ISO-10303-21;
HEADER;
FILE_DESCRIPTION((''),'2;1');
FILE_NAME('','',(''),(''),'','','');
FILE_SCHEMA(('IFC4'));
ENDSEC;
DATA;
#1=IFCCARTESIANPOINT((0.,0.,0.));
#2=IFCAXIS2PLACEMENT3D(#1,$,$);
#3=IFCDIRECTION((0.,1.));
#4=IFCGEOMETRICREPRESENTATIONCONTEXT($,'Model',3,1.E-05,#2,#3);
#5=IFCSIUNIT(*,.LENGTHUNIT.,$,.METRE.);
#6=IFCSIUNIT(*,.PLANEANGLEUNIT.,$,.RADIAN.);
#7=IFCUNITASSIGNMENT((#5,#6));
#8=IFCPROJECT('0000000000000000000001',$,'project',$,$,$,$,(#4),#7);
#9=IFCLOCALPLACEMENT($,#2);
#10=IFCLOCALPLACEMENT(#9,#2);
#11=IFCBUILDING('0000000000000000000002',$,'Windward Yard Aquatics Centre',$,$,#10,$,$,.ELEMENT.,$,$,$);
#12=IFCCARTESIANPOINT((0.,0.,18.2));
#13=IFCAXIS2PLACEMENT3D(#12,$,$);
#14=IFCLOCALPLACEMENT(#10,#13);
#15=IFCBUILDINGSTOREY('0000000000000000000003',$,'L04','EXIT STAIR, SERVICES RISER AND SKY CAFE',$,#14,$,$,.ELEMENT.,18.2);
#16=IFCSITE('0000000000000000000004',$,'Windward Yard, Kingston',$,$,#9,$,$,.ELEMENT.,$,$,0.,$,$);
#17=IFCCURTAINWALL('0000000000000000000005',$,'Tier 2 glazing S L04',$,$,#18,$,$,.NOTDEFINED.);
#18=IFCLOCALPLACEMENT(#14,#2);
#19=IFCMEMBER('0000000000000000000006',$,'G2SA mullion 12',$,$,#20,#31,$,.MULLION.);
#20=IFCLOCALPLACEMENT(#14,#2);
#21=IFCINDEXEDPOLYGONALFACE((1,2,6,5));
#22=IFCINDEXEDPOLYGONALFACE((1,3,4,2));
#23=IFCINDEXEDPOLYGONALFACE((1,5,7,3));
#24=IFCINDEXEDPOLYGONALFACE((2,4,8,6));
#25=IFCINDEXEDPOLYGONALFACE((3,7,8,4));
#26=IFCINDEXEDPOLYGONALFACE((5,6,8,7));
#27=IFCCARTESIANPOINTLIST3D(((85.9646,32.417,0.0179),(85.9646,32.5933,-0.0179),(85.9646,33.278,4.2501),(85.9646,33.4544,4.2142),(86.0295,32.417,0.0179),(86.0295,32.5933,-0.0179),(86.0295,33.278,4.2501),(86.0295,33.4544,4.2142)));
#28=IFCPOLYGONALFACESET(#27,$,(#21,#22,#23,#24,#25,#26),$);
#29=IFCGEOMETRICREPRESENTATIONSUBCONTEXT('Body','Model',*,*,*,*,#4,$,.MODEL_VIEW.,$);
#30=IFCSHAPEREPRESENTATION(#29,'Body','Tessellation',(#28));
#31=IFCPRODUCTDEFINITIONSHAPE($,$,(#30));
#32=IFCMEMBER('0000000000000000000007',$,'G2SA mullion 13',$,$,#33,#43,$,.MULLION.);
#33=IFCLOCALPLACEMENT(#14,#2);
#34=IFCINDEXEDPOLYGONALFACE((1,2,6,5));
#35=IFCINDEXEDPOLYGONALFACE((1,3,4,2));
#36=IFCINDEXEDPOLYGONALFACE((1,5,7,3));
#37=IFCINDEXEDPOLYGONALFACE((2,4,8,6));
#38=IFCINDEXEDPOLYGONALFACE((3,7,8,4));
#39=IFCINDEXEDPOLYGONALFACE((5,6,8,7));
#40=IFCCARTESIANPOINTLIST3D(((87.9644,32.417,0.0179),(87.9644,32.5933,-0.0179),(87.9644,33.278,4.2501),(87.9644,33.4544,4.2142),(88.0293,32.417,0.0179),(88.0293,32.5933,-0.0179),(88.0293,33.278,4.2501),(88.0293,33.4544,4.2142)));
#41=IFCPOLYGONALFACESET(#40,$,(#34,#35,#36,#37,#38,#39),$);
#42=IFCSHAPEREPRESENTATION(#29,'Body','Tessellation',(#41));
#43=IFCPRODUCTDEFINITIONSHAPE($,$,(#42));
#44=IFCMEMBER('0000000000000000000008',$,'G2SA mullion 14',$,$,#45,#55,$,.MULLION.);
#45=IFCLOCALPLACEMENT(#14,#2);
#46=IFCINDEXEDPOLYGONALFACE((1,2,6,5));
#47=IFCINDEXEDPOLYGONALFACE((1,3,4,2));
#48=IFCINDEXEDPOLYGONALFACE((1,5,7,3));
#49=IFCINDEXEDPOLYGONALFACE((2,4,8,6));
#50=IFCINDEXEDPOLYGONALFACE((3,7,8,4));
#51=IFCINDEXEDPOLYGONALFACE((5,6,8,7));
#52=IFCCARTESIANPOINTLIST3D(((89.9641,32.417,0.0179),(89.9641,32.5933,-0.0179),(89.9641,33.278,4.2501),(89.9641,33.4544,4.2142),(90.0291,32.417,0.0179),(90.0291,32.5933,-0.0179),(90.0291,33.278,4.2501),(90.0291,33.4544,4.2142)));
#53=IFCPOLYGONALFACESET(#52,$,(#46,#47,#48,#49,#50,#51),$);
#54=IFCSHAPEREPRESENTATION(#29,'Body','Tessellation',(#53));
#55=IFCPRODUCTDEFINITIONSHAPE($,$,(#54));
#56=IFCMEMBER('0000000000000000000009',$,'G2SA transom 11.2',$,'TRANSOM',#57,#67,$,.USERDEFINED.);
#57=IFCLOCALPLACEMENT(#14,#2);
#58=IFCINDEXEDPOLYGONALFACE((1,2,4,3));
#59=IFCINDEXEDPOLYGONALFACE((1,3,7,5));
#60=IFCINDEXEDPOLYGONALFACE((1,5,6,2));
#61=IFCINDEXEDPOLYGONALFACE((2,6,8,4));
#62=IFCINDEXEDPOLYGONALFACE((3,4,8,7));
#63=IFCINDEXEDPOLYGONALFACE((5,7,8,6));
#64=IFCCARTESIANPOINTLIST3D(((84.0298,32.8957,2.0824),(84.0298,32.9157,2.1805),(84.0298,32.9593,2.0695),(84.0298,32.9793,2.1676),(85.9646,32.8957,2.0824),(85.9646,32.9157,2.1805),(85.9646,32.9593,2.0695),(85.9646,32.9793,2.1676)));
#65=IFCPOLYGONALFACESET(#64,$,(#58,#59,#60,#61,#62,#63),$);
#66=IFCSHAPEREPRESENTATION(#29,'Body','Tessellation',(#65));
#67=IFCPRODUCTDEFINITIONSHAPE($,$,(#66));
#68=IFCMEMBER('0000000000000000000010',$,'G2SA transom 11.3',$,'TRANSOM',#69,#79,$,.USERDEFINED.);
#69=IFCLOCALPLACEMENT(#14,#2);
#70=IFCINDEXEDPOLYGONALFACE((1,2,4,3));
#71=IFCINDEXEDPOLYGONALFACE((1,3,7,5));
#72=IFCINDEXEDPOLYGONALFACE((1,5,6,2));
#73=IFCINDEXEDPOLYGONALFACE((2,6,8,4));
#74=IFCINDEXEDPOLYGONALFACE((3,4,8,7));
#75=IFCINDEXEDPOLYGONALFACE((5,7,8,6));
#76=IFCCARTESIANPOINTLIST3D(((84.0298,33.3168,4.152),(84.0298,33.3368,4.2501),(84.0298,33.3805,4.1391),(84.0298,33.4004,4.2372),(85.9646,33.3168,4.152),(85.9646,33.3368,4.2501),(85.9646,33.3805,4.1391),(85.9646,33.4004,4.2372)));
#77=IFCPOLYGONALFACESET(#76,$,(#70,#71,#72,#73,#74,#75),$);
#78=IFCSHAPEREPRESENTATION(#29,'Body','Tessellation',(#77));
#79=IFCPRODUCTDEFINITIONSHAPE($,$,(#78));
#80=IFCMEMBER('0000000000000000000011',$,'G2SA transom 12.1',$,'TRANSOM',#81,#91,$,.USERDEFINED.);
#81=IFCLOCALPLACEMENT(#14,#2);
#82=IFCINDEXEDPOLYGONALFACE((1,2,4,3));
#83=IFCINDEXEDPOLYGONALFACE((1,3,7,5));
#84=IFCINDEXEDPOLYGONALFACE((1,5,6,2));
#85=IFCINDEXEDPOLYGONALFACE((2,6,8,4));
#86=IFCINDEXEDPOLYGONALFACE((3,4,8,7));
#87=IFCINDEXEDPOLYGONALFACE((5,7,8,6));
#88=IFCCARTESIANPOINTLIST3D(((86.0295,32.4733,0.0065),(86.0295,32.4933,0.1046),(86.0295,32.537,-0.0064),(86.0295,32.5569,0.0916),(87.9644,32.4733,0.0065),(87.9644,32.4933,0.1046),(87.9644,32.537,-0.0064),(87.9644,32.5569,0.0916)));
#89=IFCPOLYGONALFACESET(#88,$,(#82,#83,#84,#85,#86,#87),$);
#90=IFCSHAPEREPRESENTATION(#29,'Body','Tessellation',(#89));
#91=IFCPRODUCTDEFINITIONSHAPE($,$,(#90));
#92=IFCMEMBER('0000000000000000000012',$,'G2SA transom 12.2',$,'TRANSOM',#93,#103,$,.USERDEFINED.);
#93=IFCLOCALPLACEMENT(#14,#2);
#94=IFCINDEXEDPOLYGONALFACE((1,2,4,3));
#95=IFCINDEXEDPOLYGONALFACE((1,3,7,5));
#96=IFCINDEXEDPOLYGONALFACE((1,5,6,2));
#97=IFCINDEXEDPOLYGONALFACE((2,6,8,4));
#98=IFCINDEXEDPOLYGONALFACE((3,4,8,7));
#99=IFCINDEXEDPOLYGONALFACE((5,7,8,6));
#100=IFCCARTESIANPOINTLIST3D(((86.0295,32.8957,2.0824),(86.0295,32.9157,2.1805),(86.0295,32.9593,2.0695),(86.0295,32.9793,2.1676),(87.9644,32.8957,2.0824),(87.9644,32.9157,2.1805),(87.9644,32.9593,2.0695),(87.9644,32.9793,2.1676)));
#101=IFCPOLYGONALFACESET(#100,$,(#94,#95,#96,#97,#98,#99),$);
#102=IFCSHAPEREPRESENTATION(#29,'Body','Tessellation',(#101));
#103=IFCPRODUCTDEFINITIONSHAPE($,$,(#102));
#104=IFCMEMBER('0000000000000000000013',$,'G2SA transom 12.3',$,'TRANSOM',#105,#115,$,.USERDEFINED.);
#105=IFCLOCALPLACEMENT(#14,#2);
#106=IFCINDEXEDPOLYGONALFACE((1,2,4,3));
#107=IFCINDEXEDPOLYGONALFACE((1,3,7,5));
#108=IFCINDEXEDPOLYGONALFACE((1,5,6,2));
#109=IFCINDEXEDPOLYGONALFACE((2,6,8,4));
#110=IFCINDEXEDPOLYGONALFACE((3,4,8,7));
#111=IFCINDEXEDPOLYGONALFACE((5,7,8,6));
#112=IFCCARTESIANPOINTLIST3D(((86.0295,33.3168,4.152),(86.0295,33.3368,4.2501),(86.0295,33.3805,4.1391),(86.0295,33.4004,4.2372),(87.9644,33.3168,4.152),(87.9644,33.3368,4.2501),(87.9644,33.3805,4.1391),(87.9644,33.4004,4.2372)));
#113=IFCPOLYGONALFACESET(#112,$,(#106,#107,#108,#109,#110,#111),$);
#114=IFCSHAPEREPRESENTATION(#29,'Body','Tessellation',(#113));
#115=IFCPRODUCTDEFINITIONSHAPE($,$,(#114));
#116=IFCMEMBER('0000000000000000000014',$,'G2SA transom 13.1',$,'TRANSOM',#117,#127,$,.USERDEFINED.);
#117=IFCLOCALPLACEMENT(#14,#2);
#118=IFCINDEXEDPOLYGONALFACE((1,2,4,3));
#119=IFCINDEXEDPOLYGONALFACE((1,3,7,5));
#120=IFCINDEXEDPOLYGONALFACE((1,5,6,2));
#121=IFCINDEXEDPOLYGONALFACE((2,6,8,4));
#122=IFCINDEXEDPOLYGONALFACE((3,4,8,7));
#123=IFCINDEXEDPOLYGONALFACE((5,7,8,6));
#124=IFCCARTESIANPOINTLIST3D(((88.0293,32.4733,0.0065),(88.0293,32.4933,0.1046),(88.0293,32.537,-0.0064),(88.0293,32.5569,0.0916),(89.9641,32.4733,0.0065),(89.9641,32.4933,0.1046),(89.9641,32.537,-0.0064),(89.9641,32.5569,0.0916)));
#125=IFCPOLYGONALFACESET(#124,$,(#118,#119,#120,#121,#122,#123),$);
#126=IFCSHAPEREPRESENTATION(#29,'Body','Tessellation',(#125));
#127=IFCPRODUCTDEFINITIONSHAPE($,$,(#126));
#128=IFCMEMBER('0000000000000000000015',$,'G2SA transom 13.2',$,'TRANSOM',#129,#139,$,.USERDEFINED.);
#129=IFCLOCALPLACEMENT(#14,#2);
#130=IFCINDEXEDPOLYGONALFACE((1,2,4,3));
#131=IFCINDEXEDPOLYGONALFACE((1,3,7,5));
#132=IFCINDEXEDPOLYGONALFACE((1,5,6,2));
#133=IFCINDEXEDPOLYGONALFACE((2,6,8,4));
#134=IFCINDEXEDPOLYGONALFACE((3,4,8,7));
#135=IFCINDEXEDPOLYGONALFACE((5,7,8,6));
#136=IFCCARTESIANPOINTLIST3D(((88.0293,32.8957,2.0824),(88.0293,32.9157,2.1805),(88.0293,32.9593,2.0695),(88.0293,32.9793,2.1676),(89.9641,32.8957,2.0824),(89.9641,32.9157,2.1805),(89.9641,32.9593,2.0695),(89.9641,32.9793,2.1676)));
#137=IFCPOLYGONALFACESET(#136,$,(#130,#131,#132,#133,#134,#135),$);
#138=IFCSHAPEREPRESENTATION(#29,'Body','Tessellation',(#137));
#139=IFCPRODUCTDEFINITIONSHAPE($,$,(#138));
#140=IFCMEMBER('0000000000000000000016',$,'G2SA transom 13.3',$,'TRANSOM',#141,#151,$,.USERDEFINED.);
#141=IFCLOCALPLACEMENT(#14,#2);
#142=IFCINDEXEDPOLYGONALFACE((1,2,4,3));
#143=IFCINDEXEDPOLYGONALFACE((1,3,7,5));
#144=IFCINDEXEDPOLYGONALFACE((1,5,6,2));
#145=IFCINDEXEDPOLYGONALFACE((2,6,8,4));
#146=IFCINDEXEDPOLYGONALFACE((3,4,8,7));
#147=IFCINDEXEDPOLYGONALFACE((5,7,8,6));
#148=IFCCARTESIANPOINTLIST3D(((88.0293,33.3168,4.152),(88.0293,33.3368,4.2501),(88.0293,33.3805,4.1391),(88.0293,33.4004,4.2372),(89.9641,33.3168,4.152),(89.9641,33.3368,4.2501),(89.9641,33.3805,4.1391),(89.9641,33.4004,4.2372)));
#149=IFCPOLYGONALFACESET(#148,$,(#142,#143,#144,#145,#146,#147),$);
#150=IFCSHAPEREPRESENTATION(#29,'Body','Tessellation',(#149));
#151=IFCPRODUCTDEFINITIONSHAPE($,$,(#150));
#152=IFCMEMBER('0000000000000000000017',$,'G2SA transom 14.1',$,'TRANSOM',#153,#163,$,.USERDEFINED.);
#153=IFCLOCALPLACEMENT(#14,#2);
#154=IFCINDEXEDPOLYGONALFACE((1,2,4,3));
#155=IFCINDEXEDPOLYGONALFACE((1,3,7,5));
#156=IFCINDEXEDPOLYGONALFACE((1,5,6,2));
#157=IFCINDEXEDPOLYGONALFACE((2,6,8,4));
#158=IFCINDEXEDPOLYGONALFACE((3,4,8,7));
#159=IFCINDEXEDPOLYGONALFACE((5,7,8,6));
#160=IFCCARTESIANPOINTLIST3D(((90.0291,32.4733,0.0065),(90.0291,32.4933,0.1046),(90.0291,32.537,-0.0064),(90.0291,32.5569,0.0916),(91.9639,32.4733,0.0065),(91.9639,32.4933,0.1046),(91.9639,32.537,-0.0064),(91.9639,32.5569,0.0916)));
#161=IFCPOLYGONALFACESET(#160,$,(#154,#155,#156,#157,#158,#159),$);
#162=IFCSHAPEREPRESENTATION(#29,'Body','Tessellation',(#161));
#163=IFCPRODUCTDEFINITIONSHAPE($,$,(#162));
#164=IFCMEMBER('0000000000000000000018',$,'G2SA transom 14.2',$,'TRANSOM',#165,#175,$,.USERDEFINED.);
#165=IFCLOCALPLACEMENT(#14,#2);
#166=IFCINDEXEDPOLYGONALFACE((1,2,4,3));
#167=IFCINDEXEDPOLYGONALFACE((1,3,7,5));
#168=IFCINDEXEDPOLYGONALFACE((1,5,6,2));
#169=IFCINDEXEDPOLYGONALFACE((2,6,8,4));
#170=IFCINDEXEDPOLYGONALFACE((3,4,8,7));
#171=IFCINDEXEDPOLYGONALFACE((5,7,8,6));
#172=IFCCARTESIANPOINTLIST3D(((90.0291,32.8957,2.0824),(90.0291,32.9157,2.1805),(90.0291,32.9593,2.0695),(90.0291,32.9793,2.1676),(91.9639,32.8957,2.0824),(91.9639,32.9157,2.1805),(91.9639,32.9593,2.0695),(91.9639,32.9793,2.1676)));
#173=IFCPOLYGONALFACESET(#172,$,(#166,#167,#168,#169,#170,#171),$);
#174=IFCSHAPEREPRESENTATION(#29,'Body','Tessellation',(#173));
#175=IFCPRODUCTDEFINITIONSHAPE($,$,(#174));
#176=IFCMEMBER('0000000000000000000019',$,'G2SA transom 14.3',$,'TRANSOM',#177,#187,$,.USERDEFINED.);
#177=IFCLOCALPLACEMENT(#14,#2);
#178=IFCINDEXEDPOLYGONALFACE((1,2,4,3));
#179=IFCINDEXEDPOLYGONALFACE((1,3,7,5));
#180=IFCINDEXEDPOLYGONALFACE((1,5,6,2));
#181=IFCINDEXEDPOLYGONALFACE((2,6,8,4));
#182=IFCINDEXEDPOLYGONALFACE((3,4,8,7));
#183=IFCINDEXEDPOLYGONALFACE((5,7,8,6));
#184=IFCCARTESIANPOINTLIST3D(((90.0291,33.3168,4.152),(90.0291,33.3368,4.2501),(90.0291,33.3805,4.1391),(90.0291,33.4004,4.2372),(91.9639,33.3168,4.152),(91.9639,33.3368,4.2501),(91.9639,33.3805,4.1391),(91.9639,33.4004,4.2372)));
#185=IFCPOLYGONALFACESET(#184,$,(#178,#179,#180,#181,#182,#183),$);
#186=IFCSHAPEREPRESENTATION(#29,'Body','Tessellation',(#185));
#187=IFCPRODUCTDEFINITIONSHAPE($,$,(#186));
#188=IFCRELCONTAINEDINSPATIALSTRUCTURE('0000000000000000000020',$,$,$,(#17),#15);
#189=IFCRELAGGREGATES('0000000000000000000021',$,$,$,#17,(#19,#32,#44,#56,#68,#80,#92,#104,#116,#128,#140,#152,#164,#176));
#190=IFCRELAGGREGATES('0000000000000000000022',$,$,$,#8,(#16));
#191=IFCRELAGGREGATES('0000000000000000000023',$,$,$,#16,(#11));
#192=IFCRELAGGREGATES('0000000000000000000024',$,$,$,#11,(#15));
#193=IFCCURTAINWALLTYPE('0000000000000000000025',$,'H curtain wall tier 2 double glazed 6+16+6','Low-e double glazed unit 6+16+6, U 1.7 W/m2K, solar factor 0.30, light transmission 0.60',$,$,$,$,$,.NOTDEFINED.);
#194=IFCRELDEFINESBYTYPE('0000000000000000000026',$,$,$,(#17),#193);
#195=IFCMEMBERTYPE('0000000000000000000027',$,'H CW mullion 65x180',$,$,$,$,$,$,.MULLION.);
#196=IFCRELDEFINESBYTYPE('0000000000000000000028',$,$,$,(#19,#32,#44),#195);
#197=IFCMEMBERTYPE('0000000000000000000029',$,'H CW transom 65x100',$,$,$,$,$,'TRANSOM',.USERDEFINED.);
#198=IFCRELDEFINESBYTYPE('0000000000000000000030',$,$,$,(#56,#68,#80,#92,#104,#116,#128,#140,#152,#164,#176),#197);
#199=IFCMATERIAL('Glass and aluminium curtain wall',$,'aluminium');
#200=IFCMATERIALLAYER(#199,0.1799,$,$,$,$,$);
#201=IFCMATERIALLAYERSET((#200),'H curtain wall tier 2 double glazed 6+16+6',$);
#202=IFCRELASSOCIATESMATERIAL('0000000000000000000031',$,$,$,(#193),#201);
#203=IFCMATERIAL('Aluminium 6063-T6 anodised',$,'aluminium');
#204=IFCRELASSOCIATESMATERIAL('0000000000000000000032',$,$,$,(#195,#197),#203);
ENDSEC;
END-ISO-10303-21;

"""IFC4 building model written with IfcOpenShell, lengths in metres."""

from ifc_helpers import new_model, si_unit, direction, frame, origin, origin_2d, place, context, subcontext, project, spatial, rectangle, extrude, material, layer, layer_set, material_profile, profile_set, type_object, element, aggregate, save


model = new_model("IFC4")

# Units and contexts
model_context = context("Model", 3, precision=1e-05, world=origin(), true_north=direction((0.0, 1.0)))
body_context = subcontext(model_context, "Body", "Model", "MODEL_VIEW")
ifc_project = project(units=[si_unit("LENGTHUNIT", "METRE"), si_unit("PLANEANGLEUNIT", "RADIAN")], contexts=[model_context])

# Site, building, storey
site_placement = place(None, origin())
site = spatial("IfcSite", under=ifc_project, at=site_placement, Name="Windward Yard, Kingston", CompositionType="ELEMENT", RefElevation=0.0)
building_placement = place(site_placement, origin())
building = spatial("IfcBuilding", under=site, at=building_placement, Name="Windward Yard Aquatics Centre", CompositionType="ELEMENT")
storey_placement = place(building_placement, frame((0.0, 0.0, 18.2)))
storey = spatial("IfcBuildingStorey", under=building, at=storey_placement, Name="L04", Description="EXIT STAIR, SERVICES RISER AND SKY CAFE", CompositionType="ELEMENT", Elevation=18.2)

# Curtain wall, members
ifc_material_1 = material(Name="Glass and aluminium curtain wall", Category="aluminium")
ifc_layer_1 = layer(ifc_material_1, 0.1799)
ifc_layer_set_1 = layer_set([ifc_layer_1], Name="H curtain wall tier 2 double glazed 6+16+6")
curtain_wall_type = type_object("IfcCurtainWallType", Name="H curtain wall tier 2 double glazed 6+16+6", Description="Low-e double glazed unit 6+16+6, U 1.7 W/m2K, solar factor 0.30, light transmission 0.60", PredefinedType="NOTDEFINED", material=ifc_layer_set_1)
curtain_wall_placement = place(storey_placement, origin())
curtain_wall = element("IfcCurtainWall", 1, at=curtain_wall_placement, inside=storey, type_object=curtain_wall_type, Name="Tier 2 glazing S L04", PredefinedType="NOTDEFINED")
ifc_material_2 = material(Name="Aluminium 6063-T6 anodised", Category="aluminium")
ifc_material_profile_1 = material_profile(ifc_material_2, rectangle(XDim=0.0649, YDim=0.1799, at=origin_2d()), Name="H CW mullion 65x180")
ifc_profile_set_1 = profile_set([ifc_material_profile_1], Name="Aluminium 6063-T6 anodised")
member_type_1 = type_object("IfcMemberType", Name="H CW mullion 65x180", PredefinedType="MULLION", material=ifc_profile_set_1)
member_1_placement = place(storey_placement, frame((85.9971, 32.5051, 0.0), z_axis=(0.0, 0.199376, 0.979923), x_axis=(-1.0, 0.0, 0.0)))
member_1 = element("IfcMember", 2, at=member_1_placement, type_object=member_type_1, Name="G2SA mullion 12", PredefinedType="MULLION", context=body_context, shape_type="SweptSolid", body=[
    extrude(rectangle(XDim=0.0649, YDim=0.1799, at=origin_2d()), origin(), (0.0, 0.0, 1.0), 4.3188),
])
member_2_placement = place(storey_placement, frame((87.9968, 32.5051, 0.0), z_axis=(0.0, 0.199376, 0.979923), x_axis=(-1.0, 0.0, 0.0)))
member_2 = element("IfcMember", 3, at=member_2_placement, type_object=member_type_1, Name="G2SA mullion 13", PredefinedType="MULLION", context=body_context, shape_type="SweptSolid", body=[
    extrude(rectangle(XDim=0.0649, YDim=0.1799, at=origin_2d()), origin(), (0.0, 0.0, 1.0), 4.3188),
])
member_3_placement = place(storey_placement, frame((89.9966, 32.5051, 0.0), z_axis=(0.0, 0.199376, 0.979923), x_axis=(-1.0, 0.0, 0.0)))
member_3 = element("IfcMember", 4, at=member_3_placement, type_object=member_type_1, Name="G2SA mullion 14", PredefinedType="MULLION", context=body_context, shape_type="SweptSolid", body=[
    extrude(rectangle(XDim=0.0649, YDim=0.1799, at=origin_2d()), origin(), (0.0, 0.0, 1.0), 4.3188),
])
ifc_material_profile_2 = material_profile(ifc_material_2, rectangle(XDim=0.0649, YDim=0.1001, at=origin_2d()), Name="H CW transom 65x100")
ifc_profile_set_2 = profile_set([ifc_material_profile_2], Name="Aluminium 6063-T6 anodised")
member_type_2 = type_object("IfcMemberType", Name="H CW transom 65x100", ElementType="TRANSOM", PredefinedType="USERDEFINED", material=ifc_profile_set_2)
member_4_placement = place(storey_placement, frame((84.0298, 32.9375, 2.125), z_axis=(1.0, 0.0, 0.0), x_axis=(0.0, -0.979925, 0.199368)))
member_4 = element("IfcMember", 5, at=member_4_placement, type_object=member_type_2, Name="G2SA transom 11.2", ObjectType="TRANSOM", PredefinedType="USERDEFINED", context=body_context, shape_type="SweptSolid", body=[
    extrude(rectangle(XDim=0.0649, YDim=0.1001, at=origin_2d()), origin(), (0.0, 0.0, 1.0), 1.9348),
])
member_5_placement = place(storey_placement, frame((84.0298, 33.3586, 4.1946), z_axis=(1.0, 0.0, 0.0), x_axis=(0.0, -0.979925, 0.199368)))
member_5 = element("IfcMember", 6, at=member_5_placement, type_object=member_type_2, Name="G2SA transom 11.3", ObjectType="TRANSOM", PredefinedType="USERDEFINED", context=body_context, shape_type="SweptSolid", body=[
    extrude(rectangle(XDim=0.0649, YDim=0.1001, at=origin_2d()), origin(), (0.0, 0.0, 1.0), 1.9348),
])
member_6_placement = place(storey_placement, frame((86.0295, 32.5151, 0.0491), z_axis=(1.0, 0.0, 0.0), x_axis=(0.0, -0.979925, 0.199368)))
member_6 = element("IfcMember", 7, at=member_6_placement, type_object=member_type_2, Name="G2SA transom 12.1", ObjectType="TRANSOM", PredefinedType="USERDEFINED", context=body_context, shape_type="SweptSolid", body=[
    extrude(rectangle(XDim=0.0649, YDim=0.1001, at=origin_2d()), origin(), (0.0, 0.0, 1.0), 1.9348),
])
member_7_placement = place(storey_placement, frame((86.0295, 32.9375, 2.125), z_axis=(1.0, 0.0, 0.0), x_axis=(0.0, -0.979925, 0.199368)))
member_7 = element("IfcMember", 8, at=member_7_placement, type_object=member_type_2, Name="G2SA transom 12.2", ObjectType="TRANSOM", PredefinedType="USERDEFINED", context=body_context, shape_type="SweptSolid", body=[
    extrude(rectangle(XDim=0.0649, YDim=0.1001, at=origin_2d()), origin(), (0.0, 0.0, 1.0), 1.9348),
])
member_8_placement = place(storey_placement, frame((86.0295, 33.3586, 4.1946), z_axis=(1.0, 0.0, 0.0), x_axis=(0.0, -0.979925, 0.199368)))
member_8 = element("IfcMember", 9, at=member_8_placement, type_object=member_type_2, Name="G2SA transom 12.3", ObjectType="TRANSOM", PredefinedType="USERDEFINED", context=body_context, shape_type="SweptSolid", body=[
    extrude(rectangle(XDim=0.0649, YDim=0.1001, at=origin_2d()), origin(), (0.0, 0.0, 1.0), 1.9348),
])
member_9_placement = place(storey_placement, frame((88.0293, 32.5151, 0.0491), z_axis=(1.0, 0.0, 0.0), x_axis=(0.0, -0.979925, 0.199368)))
member_9 = element("IfcMember", 10, at=member_9_placement, type_object=member_type_2, Name="G2SA transom 13.1", ObjectType="TRANSOM", PredefinedType="USERDEFINED", context=body_context, shape_type="SweptSolid", body=[
    extrude(rectangle(XDim=0.0649, YDim=0.1001, at=origin_2d()), origin(), (0.0, 0.0, 1.0), 1.9348),
])
member_10_placement = place(storey_placement, frame((88.0293, 32.9375, 2.125), z_axis=(1.0, 0.0, 0.0), x_axis=(0.0, -0.979925, 0.199368)))
member_10 = element("IfcMember", 11, at=member_10_placement, type_object=member_type_2, Name="G2SA transom 13.2", ObjectType="TRANSOM", PredefinedType="USERDEFINED", context=body_context, shape_type="SweptSolid", body=[
    extrude(rectangle(XDim=0.0649, YDim=0.1001, at=origin_2d()), origin(), (0.0, 0.0, 1.0), 1.9348),
])
member_11_placement = place(storey_placement, frame((88.0293, 33.3586, 4.1946), z_axis=(1.0, 0.0, 0.0), x_axis=(0.0, -0.979925, 0.199368)))
member_11 = element("IfcMember", 12, at=member_11_placement, type_object=member_type_2, Name="G2SA transom 13.3", ObjectType="TRANSOM", PredefinedType="USERDEFINED", context=body_context, shape_type="SweptSolid", body=[
    extrude(rectangle(XDim=0.0649, YDim=0.1001, at=origin_2d()), origin(), (0.0, 0.0, 1.0), 1.9348),
])
member_12_placement = place(storey_placement, frame((90.0291, 32.5151, 0.0491), z_axis=(1.0, 0.0, 0.0), x_axis=(0.0, -0.979925, 0.199368)))
member_12 = element("IfcMember", 13, at=member_12_placement, type_object=member_type_2, Name="G2SA transom 14.1", ObjectType="TRANSOM", PredefinedType="USERDEFINED", context=body_context, shape_type="SweptSolid", body=[
    extrude(rectangle(XDim=0.0649, YDim=0.1001, at=origin_2d()), origin(), (0.0, 0.0, 1.0), 1.9348),
])
member_13_placement = place(storey_placement, frame((90.0291, 32.9375, 2.125), z_axis=(1.0, 0.0, 0.0), x_axis=(0.0, -0.979925, 0.199368)))
member_13 = element("IfcMember", 14, at=member_13_placement, type_object=member_type_2, Name="G2SA transom 14.2", ObjectType="TRANSOM", PredefinedType="USERDEFINED", context=body_context, shape_type="SweptSolid", body=[
    extrude(rectangle(XDim=0.0649, YDim=0.1001, at=origin_2d()), origin(), (0.0, 0.0, 1.0), 1.9348),
])
member_14_placement = place(storey_placement, frame((90.0291, 33.3586, 4.1946), z_axis=(1.0, 0.0, 0.0), x_axis=(0.0, -0.979925, 0.199368)))
member_14 = element("IfcMember", 15, at=member_14_placement, type_object=member_type_2, Name="G2SA transom 14.3", ObjectType="TRANSOM", PredefinedType="USERDEFINED", context=body_context, shape_type="SweptSolid", body=[
    extrude(rectangle(XDim=0.0649, YDim=0.1001, at=origin_2d()), origin(), (0.0, 0.0, 1.0), 1.9348),
])

aggregate(curtain_wall, [member_1, member_2, member_3, member_4, member_5, member_6, member_7, member_8, member_9, member_10, member_11, member_12, member_13, member_14])

save(model, "model.ifc")
